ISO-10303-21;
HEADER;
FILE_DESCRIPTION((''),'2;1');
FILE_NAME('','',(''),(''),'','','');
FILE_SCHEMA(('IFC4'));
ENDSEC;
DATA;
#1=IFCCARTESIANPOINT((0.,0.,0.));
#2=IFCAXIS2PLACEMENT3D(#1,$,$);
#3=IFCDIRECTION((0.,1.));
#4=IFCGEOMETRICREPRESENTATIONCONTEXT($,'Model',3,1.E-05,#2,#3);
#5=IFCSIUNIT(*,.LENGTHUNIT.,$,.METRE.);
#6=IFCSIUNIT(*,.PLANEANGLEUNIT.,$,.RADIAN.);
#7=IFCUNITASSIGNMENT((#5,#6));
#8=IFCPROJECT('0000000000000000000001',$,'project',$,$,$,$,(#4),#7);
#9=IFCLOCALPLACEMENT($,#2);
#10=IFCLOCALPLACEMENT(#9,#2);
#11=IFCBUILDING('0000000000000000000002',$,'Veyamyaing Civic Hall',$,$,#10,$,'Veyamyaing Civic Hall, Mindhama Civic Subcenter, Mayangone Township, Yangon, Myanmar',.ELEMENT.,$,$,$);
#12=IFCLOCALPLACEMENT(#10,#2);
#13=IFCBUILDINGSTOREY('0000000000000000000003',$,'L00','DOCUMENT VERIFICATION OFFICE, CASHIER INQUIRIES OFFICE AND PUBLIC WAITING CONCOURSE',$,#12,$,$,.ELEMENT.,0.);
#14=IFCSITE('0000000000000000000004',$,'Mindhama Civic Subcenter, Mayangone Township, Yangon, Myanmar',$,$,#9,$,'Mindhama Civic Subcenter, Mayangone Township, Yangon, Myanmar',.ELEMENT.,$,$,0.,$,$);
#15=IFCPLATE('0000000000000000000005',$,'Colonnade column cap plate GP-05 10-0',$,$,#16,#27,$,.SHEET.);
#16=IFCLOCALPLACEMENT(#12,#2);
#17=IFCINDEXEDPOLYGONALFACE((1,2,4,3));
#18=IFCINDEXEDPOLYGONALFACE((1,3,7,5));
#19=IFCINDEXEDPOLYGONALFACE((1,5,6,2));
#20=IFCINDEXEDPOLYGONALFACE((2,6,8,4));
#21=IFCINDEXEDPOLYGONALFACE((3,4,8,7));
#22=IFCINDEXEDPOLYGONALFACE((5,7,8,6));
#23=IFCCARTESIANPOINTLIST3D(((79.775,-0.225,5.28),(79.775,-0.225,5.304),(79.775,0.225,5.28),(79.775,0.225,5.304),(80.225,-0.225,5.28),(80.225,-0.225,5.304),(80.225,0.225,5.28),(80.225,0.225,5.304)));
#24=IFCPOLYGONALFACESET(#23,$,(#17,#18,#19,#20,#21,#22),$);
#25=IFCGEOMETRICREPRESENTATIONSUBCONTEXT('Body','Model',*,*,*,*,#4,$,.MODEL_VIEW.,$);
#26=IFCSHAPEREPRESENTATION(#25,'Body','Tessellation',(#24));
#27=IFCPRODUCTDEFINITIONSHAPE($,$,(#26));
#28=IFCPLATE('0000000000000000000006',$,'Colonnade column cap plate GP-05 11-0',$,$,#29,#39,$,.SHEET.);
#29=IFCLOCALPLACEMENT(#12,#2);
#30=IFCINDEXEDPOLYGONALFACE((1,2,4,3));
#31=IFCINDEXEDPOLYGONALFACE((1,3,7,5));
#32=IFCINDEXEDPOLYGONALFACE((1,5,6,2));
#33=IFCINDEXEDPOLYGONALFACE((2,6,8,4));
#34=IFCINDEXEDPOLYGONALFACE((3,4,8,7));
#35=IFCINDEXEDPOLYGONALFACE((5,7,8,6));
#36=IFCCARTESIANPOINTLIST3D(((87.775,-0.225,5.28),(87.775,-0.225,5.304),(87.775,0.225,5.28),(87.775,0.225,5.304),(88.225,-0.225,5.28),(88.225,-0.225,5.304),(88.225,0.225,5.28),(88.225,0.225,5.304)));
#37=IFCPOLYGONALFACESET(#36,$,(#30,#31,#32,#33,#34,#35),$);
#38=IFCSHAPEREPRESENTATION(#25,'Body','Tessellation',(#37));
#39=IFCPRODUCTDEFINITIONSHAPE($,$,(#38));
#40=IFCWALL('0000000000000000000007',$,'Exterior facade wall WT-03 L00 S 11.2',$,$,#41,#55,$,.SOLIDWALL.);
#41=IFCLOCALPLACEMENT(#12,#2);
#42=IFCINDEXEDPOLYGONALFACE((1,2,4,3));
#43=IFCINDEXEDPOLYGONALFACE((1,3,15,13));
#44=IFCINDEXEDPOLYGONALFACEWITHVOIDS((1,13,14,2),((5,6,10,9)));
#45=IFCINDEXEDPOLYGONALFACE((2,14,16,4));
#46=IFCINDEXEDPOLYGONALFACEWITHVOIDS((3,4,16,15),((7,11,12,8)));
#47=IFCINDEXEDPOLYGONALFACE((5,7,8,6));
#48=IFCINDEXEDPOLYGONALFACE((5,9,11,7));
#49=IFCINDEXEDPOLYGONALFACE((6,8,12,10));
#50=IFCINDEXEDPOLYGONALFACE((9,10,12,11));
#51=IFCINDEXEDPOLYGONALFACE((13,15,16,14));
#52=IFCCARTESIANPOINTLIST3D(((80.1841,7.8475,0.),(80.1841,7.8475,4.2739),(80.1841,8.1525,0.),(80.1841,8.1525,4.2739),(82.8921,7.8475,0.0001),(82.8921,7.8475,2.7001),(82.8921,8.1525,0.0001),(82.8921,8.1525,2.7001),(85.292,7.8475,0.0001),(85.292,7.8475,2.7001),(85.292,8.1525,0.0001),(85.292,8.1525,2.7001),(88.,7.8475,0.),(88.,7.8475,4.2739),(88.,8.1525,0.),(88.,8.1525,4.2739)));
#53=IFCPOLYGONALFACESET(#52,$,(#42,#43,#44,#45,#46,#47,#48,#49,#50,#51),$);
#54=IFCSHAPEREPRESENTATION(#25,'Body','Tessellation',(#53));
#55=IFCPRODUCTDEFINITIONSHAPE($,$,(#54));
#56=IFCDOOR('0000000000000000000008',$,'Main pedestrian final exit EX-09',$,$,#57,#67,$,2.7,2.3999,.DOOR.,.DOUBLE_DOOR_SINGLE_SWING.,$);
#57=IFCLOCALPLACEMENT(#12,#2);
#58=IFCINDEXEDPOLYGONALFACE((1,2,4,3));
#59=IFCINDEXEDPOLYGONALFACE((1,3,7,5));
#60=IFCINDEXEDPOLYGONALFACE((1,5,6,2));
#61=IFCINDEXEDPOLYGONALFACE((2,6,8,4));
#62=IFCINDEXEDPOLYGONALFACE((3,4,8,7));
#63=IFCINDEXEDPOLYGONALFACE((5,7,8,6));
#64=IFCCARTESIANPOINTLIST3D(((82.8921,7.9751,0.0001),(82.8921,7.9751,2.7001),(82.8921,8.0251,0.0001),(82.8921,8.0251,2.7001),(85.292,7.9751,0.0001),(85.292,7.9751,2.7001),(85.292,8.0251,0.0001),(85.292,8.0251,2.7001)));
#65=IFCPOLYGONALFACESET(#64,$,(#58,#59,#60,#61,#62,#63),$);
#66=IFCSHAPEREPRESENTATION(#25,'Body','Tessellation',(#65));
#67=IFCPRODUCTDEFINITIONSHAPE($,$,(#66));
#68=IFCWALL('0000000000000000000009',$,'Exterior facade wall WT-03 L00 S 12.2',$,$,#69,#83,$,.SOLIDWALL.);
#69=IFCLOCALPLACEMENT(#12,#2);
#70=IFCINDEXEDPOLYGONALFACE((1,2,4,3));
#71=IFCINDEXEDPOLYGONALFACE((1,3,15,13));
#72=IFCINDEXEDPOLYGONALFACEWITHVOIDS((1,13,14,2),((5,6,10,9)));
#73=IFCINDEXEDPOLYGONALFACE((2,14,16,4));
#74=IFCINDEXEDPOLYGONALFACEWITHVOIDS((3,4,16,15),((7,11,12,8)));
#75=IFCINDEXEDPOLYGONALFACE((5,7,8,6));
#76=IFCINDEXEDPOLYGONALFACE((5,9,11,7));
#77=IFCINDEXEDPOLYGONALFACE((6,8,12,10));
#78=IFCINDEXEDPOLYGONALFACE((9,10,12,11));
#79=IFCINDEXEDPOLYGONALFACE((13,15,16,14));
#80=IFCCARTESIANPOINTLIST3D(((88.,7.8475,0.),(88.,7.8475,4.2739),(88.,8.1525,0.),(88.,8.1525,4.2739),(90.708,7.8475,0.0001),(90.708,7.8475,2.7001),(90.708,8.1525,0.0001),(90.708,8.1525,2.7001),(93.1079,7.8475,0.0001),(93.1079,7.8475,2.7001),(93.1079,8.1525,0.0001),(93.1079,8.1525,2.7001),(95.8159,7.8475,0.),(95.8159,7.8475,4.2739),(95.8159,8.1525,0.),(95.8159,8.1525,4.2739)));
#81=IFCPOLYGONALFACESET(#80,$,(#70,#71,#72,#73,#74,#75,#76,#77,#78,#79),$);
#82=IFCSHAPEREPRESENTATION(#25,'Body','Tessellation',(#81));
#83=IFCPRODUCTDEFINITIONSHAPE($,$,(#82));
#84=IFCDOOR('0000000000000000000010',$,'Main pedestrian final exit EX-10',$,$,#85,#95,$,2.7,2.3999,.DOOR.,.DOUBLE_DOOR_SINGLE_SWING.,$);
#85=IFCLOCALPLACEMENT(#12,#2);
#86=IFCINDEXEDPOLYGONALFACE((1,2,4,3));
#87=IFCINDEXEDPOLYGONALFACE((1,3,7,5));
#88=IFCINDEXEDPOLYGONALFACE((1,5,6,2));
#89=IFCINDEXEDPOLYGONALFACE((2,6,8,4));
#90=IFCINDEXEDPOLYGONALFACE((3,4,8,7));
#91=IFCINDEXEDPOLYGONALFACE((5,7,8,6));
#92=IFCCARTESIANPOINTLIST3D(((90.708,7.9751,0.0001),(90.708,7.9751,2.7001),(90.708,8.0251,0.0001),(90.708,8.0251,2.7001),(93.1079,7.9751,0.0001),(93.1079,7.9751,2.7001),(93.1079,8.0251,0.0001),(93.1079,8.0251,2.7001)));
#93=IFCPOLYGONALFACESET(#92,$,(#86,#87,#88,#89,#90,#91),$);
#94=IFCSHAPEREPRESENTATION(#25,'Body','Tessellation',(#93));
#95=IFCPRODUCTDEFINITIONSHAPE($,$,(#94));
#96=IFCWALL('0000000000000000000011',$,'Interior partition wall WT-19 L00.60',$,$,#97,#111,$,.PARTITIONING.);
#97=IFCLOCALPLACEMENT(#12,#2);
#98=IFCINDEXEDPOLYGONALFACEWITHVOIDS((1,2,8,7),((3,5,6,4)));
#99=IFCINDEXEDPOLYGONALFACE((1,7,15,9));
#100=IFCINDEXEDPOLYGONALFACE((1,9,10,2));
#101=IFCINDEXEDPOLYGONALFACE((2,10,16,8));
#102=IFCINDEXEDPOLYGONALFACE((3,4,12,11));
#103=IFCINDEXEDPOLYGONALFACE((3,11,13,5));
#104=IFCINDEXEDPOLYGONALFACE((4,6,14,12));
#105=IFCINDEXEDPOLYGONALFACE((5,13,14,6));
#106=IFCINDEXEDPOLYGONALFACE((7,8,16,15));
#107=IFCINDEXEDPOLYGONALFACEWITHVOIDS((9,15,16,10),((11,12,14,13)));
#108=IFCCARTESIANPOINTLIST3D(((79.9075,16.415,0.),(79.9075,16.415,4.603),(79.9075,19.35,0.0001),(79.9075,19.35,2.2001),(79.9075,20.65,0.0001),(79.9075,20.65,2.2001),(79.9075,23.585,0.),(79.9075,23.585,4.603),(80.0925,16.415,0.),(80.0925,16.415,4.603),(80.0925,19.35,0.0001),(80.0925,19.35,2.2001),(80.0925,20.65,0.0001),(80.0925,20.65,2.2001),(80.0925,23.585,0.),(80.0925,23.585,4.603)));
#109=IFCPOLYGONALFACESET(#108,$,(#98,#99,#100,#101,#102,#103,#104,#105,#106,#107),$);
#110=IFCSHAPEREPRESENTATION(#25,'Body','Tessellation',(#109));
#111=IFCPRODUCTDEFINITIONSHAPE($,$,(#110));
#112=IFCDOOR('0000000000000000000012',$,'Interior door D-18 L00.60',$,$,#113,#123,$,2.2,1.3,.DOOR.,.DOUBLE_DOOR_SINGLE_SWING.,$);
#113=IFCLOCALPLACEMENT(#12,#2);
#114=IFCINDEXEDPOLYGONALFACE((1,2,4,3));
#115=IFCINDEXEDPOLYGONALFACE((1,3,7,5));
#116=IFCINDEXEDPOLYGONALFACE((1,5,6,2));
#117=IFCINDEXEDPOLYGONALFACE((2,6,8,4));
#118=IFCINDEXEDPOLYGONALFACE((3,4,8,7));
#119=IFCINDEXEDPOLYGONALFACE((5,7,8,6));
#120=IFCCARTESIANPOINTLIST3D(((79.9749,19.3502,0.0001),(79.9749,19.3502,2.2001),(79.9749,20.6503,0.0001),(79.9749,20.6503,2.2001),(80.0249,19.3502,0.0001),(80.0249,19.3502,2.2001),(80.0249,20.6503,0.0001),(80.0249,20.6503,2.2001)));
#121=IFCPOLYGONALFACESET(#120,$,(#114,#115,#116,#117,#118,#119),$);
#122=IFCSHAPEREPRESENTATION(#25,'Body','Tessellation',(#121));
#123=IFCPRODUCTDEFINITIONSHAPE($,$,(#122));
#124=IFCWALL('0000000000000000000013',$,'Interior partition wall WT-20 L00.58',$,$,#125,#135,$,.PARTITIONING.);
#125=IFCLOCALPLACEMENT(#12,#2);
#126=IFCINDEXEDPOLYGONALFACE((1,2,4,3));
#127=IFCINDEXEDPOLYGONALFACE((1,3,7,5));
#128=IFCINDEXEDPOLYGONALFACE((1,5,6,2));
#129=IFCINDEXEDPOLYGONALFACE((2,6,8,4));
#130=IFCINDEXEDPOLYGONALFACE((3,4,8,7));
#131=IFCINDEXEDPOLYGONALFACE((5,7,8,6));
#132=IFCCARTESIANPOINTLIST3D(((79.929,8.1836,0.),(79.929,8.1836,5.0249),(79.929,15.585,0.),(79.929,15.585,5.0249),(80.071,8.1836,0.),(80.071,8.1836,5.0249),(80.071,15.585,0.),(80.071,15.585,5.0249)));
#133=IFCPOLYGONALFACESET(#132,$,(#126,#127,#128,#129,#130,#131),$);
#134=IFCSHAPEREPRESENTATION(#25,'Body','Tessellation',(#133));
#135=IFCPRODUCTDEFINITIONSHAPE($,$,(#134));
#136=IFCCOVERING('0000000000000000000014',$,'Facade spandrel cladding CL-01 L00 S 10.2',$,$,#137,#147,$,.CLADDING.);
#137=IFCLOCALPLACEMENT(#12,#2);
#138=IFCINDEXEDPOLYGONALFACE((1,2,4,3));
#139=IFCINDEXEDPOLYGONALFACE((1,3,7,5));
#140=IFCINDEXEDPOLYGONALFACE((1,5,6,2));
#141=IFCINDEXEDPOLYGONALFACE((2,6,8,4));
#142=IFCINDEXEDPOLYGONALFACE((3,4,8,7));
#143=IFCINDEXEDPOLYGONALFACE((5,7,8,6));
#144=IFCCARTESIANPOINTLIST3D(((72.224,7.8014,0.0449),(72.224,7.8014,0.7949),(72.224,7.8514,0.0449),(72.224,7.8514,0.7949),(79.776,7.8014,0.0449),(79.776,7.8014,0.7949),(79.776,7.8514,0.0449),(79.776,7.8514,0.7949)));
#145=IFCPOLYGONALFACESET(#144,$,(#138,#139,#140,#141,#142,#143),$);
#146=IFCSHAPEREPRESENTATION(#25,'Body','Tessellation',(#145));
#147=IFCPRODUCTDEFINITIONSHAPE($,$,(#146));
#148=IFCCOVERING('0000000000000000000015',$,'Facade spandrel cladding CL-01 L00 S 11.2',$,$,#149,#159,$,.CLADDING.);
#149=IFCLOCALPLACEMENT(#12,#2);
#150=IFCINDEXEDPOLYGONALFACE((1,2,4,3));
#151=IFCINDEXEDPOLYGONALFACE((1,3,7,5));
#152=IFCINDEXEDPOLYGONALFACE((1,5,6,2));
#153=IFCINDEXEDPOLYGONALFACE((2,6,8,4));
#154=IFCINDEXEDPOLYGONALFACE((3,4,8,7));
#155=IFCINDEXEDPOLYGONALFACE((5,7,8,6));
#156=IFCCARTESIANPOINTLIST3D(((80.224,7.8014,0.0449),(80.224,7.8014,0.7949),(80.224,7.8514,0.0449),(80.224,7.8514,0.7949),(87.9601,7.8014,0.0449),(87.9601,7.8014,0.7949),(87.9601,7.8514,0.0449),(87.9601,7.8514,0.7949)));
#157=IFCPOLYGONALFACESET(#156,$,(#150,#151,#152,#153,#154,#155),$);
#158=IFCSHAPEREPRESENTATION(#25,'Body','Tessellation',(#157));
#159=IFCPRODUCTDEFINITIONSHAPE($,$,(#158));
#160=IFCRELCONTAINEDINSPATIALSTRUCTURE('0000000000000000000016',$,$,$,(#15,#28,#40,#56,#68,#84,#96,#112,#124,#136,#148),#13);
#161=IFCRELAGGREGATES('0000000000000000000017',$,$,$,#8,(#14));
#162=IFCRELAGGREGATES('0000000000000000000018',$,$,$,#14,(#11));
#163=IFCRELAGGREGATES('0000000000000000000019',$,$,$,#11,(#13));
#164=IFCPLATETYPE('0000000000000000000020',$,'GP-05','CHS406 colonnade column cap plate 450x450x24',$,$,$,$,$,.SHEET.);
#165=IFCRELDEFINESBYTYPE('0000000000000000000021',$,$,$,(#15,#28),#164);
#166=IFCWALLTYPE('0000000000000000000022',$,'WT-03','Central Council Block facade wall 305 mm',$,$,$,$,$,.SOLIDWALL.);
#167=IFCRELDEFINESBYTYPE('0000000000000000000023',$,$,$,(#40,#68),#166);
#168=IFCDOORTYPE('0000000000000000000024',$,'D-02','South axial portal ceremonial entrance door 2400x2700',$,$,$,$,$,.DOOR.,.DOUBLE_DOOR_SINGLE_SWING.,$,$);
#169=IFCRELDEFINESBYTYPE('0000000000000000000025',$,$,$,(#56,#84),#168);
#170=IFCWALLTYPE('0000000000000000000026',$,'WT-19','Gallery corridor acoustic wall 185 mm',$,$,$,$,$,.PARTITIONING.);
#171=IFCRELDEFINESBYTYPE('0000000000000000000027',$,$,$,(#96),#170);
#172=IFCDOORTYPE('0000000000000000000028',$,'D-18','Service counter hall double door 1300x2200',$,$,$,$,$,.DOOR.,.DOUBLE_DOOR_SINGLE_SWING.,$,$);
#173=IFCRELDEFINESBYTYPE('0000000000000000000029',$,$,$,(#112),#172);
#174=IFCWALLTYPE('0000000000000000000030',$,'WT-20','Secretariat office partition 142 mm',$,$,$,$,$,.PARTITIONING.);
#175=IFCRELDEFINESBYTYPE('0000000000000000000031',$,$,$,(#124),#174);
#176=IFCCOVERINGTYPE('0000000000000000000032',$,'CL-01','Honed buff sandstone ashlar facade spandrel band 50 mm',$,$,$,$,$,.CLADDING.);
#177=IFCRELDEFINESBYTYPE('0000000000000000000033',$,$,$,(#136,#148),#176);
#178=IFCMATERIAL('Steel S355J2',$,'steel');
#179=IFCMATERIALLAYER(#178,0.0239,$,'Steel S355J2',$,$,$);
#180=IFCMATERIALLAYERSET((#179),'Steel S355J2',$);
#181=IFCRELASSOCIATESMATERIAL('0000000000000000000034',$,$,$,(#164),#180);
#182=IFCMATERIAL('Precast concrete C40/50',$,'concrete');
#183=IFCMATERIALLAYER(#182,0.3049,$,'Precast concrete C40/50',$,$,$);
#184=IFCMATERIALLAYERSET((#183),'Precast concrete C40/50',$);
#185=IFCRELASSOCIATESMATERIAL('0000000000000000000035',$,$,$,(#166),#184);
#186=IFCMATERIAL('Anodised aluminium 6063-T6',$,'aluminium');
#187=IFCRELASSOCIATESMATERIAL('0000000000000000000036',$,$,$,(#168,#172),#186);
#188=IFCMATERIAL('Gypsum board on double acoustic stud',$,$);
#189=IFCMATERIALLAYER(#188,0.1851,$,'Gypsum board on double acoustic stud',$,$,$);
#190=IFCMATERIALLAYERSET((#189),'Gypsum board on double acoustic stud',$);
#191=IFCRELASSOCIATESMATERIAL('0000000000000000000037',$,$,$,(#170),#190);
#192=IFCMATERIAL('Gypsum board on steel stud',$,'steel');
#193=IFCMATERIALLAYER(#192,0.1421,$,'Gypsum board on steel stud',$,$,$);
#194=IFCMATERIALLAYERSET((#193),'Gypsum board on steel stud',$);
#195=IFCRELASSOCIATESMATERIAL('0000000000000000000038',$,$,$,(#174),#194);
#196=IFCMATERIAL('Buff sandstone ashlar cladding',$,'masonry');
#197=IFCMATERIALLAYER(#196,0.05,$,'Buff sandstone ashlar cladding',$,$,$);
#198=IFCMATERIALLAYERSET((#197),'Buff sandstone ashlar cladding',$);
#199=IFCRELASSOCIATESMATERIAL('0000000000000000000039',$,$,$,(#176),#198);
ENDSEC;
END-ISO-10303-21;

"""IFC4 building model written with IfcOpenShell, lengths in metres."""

from ifc_helpers import new_model, si_unit, direction, frame, frame_2d, origin, origin_2d, place, context, subcontext, project, spatial, rectangle, extrude, material, layer, layer_set, type_object, element, fill, save


model = new_model("IFC4")

# Units and contexts
model_context = context("Model", 3, precision=1e-05, world=origin(), true_north=direction((0.0, 1.0)))
body_context = subcontext(model_context, "Body", "Model", "MODEL_VIEW")
ifc_project = project(units=[si_unit("LENGTHUNIT", "METRE"), si_unit("PLANEANGLEUNIT", "RADIAN")], contexts=[model_context])

# Site, building, storey
site_placement = place(None, origin())
site = spatial("IfcSite", under=ifc_project, at=site_placement, Name="Mindhama Civic Subcenter, Mayangone Township, Yangon, Myanmar", LongName="Mindhama Civic Subcenter, Mayangone Township, Yangon, Myanmar", CompositionType="ELEMENT", RefElevation=0.0)
building_placement = place(site_placement, origin())
building = spatial("IfcBuilding", under=site, at=building_placement, Name="Veyamyaing Civic Hall", LongName="Veyamyaing Civic Hall, Mindhama Civic Subcenter, Mayangone Township, Yangon, Myanmar", CompositionType="ELEMENT")
storey_placement = place(building_placement, origin())
storey = spatial("IfcBuildingStorey", under=building, at=storey_placement, Name="L00", Description="DOCUMENT VERIFICATION OFFICE, CASHIER INQUIRIES OFFICE AND PUBLIC WAITING CONCOURSE", CompositionType="ELEMENT", Elevation=0.0)

# Shared definitions
ifc_material_1 = material(Name="Steel S355J2", Category="steel")

# Shared definitions
ifc_material_2 = material(Name="Precast concrete C40/50", Category="concrete")

# Plates
ifc_layer_1 = layer(ifc_material_1, 0.0239, Name="Steel S355J2")
ifc_layer_set_1 = layer_set([ifc_layer_1], Name="Steel S355J2")
plate_type = type_object("IfcPlateType", Name="GP-05", Description="CHS406 colonnade column cap plate 450x450x24", PredefinedType="SHEET", material=ifc_layer_set_1)
for number, where, z_axis, x_axis, name in (
    (1, (80.0, 0.0, 5.28), (0.0, 0.0, 1.0), (1.0, 0.0, 0.0), "Colonnade column cap plate GP-05 10-0"),
    (2, (88.0, 0.0, 5.28), (0.0, 0.0, 1.0), (1.0, 0.0, 0.0), "Colonnade column cap plate GP-05 11-0"),
):
    element("IfcPlate", number, at=place(storey_placement, frame(where, z_axis=z_axis, x_axis=x_axis)), inside=storey, type_object=plate_type, Name=name, PredefinedType="SHEET", context=body_context, shape_type="SweptSolid", body=[
        extrude(rectangle(XDim=0.45, YDim=0.45, at=origin_2d()), origin(), (0.0, 0.0, 1.0), 0.0239),
    ])

# Walls, openings, doors
ifc_layer_2 = layer(ifc_material_2, 0.3049, Name="Precast concrete C40/50")
ifc_layer_set_2 = layer_set([ifc_layer_2], Name="Precast concrete C40/50")
wall_type_1 = type_object("IfcWallType", Name="WT-03", Description="Central Council Block facade wall 305 mm", PredefinedType="SOLIDWALL", material=ifc_layer_set_2)
wall_1_placement = place(storey_placement, frame((80.1841, 8.0, 0.0), z_axis=(0.0, 0.0, 1.0), x_axis=(1.0, 0.0, 0.0)))
wall_1 = element("IfcWall", 3, at=wall_1_placement, inside=storey, type_object=wall_type_1, Name="Exterior facade wall WT-03 L00 S 11.2", PredefinedType="SOLIDWALL", context=body_context, shape_type="SweptSolid", body=[
    extrude(rectangle(XDim=7.8159, YDim=0.3049, at=frame_2d((3.908, 0.0))), origin(), (0.0, 0.0, 1.0), 4.2739),
])
opening_1_placement = place(wall_1_placement, frame((2.708, 0.0, 0.0)))
opening_1 = element("IfcOpeningElement", 4, at=opening_1_placement, cuts=wall_1, PredefinedType="OPENING", context=body_context, shape_type="SweptSolid", body=[
    extrude(rectangle(XDim=2.3999, YDim=2.7, at=frame_2d((1.2, 1.3501))), frame((0.0, 0.1624, 0.0), z_axis=(0.0, -1.0, 0.0), x_axis=(1.0, 0.0, 0.0)), (0.0, 0.0, 1.0), 0.325),
])
ifc_material_3 = material(Name="Anodised aluminium 6063-T6", Category="aluminium")
door_type_1 = type_object("IfcDoorType", Name="D-02", Description="South axial portal ceremonial entrance door 2400x2700", OperationType="DOUBLE_DOOR_SINGLE_SWING", PredefinedType="DOOR", material=ifc_material_3)
door_1_placement = place(opening_1_placement, frame((2.3999, 0.0, 0.0), z_axis=(0.0, 0.0, 1.0), x_axis=(-1.0, 0.0, 0.0)))
door_1 = element("IfcDoor", 5, at=door_1_placement, inside=storey, type_object=door_type_1, Name="Main pedestrian final exit EX-09", OperationType="DOUBLE_DOOR_SINGLE_SWING", OverallHeight=2.7, OverallWidth=2.3999, PredefinedType="DOOR", context=body_context, shape_type="SweptSolid", body=[
    extrude(rectangle(XDim=2.3999, YDim=2.7, at=frame_2d((1.2, 1.3501))), frame((0.0, 0.0249, 0.0), z_axis=(0.0, -1.0, 0.0), x_axis=(1.0, 0.0, 0.0)), (0.0, 0.0, 1.0), 0.05),
])
fill(opening_1, door_1)
wall_2_placement = place(storey_placement, frame((88.0, 8.0, 0.0), z_axis=(0.0, 0.0, 1.0), x_axis=(1.0, 0.0, 0.0)))
wall_2 = element("IfcWall", 6, at=wall_2_placement, inside=storey, type_object=wall_type_1, Name="Exterior facade wall WT-03 L00 S 12.2", PredefinedType="SOLIDWALL", context=body_context, shape_type="SweptSolid", body=[
    extrude(rectangle(XDim=7.8159, YDim=0.3049, at=frame_2d((3.908, 0.0))), origin(), (0.0, 0.0, 1.0), 4.2739),
])
opening_2_placement = place(wall_2_placement, frame((2.708, 0.0, 0.0)))
opening_2 = element("IfcOpeningElement", 7, at=opening_2_placement, cuts=wall_2, PredefinedType="OPENING", context=body_context, shape_type="SweptSolid", body=[
    extrude(rectangle(XDim=2.3999, YDim=2.7, at=frame_2d((1.2, 1.3501))), frame((0.0, 0.1624, 0.0), z_axis=(0.0, -1.0, 0.0), x_axis=(1.0, 0.0, 0.0)), (0.0, 0.0, 1.0), 0.325),
])
door_2_placement = place(opening_2_placement, frame((2.3999, 0.0, 0.0), z_axis=(0.0, 0.0, 1.0), x_axis=(-1.0, 0.0, 0.0)))
door_2 = element("IfcDoor", 8, at=door_2_placement, inside=storey, type_object=door_type_1, Name="Main pedestrian final exit EX-10", OperationType="DOUBLE_DOOR_SINGLE_SWING", OverallHeight=2.7, OverallWidth=2.3999, PredefinedType="DOOR", context=body_context, shape_type="SweptSolid", body=[
    extrude(rectangle(XDim=2.3999, YDim=2.7, at=frame_2d((1.2, 1.3501))), frame((0.0, 0.0249, 0.0), z_axis=(0.0, -1.0, 0.0), x_axis=(1.0, 0.0, 0.0)), (0.0, 0.0, 1.0), 0.05),
])
fill(opening_2, door_2)
ifc_material_4 = material(Name="Gypsum board on double acoustic stud")
ifc_layer_3 = layer(ifc_material_4, 0.1851, Name="Gypsum board on double acoustic stud")
ifc_layer_set_3 = layer_set([ifc_layer_3], Name="Gypsum board on double acoustic stud")
wall_type_2 = type_object("IfcWallType", Name="WT-19", Description="Gallery corridor acoustic wall 185 mm", PredefinedType="PARTITIONING", material=ifc_layer_set_3)
wall_3_placement = place(storey_placement, frame((80.0, 16.415, 0.0), z_axis=(0.0, 0.0, 1.0), x_axis=(0.0, 1.0, 0.0)))
wall_3 = element("IfcWall", 9, at=wall_3_placement, inside=storey, type_object=wall_type_2, Name="Interior partition wall WT-19 L00.60", PredefinedType="PARTITIONING", context=body_context, shape_type="SweptSolid", body=[
    extrude(rectangle(XDim=7.1699, YDim=0.1851, at=frame_2d((3.585, 0.0))), origin(), (0.0, 0.0, 1.0), 4.603),
])
opening_3_placement = place(wall_3_placement, frame((2.9351, 0.0, 0.0)))
opening_3 = element("IfcOpeningElement", 10, at=opening_3_placement, cuts=wall_3, PredefinedType="OPENING", context=body_context, shape_type="SweptSolid", body=[
    extrude(rectangle(XDim=1.3, YDim=2.2, at=frame_2d((0.6499, 1.1001))), frame((0.0, 0.1025, 0.0), z_axis=(0.0, -1.0, 0.0), x_axis=(1.0, 0.0, 0.0)), (0.0, 0.0, 1.0), 0.2051),
])
door_type_2 = type_object("IfcDoorType", Name="D-18", Description="Service counter hall double door 1300x2200", OperationType="DOUBLE_DOOR_SINGLE_SWING", PredefinedType="DOOR", material=ifc_material_3)
door_3_placement = place(opening_3_placement, frame((1.3, 0.0, 0.0), z_axis=(0.0, 0.0, 1.0), x_axis=(-1.0, 0.0, 0.0)))
door_3 = element("IfcDoor", 11, at=door_3_placement, inside=storey, type_object=door_type_2, Name="Interior door D-18 L00.60", OperationType="DOUBLE_DOOR_SINGLE_SWING", OverallHeight=2.2, OverallWidth=1.3, PredefinedType="DOOR", context=body_context, shape_type="SweptSolid", body=[
    extrude(rectangle(XDim=1.3, YDim=2.2, at=frame_2d((0.6499, 1.1001))), frame((0.0, 0.0249, 0.0), z_axis=(0.0, -1.0, 0.0), x_axis=(1.0, 0.0, 0.0)), (0.0, 0.0, 1.0), 0.05),
])
fill(opening_3, door_3)

# Wall
ifc_material_5 = material(Name="Gypsum board on steel stud", Category="steel")
ifc_layer_4 = layer(ifc_material_5, 0.1421, Name="Gypsum board on steel stud")
ifc_layer_set_4 = layer_set([ifc_layer_4], Name="Gypsum board on steel stud")
wall_type_3 = type_object("IfcWallType", Name="WT-20", Description="Secretariat office partition 142 mm", PredefinedType="PARTITIONING", material=ifc_layer_set_4)
wall_4_placement = place(storey_placement, frame((80.0, 8.1836, 0.0), z_axis=(0.0, 0.0, 1.0), x_axis=(0.0, 1.0, 0.0)))
element("IfcWall", 12, at=wall_4_placement, inside=storey, type_object=wall_type_3, Name="Interior partition wall WT-20 L00.58", PredefinedType="PARTITIONING", context=body_context, shape_type="SweptSolid", body=[
    extrude(rectangle(XDim=7.4014, YDim=0.1421, at=frame_2d((3.7007, 0.0))), origin(), (0.0, 0.0, 1.0), 5.0249),
])

# Coverings
ifc_material_6 = material(Name="Buff sandstone ashlar cladding", Category="masonry")
ifc_layer_5 = layer(ifc_material_6, 0.05, Name="Buff sandstone ashlar cladding")
ifc_layer_set_5 = layer_set([ifc_layer_5], Name="Buff sandstone ashlar cladding")
covering_type_1 = type_object("IfcCoveringType", Name="CL-01", Description="Honed buff sandstone ashlar facade spandrel band 50 mm", PredefinedType="CLADDING", material=ifc_layer_set_5)
covering_1_placement = place(storey_placement, frame((76.0, 7.8264, 0.0449), z_axis=(0.0, 0.0, 1.0), x_axis=(1.0, 0.0, 0.0)))
element("IfcCovering", 13, at=covering_1_placement, inside=storey, type_object=covering_type_1, Name="Facade spandrel cladding CL-01 L00 S 10.2", PredefinedType="CLADDING", context=body_context, shape_type="SweptSolid", body=[
    extrude(rectangle(XDim=7.552, YDim=0.05, at=origin_2d()), origin(), (0.0, 0.0, 1.0), 0.75),
])
covering_2_placement = place(storey_placement, frame((84.092, 7.8264, 0.0449), z_axis=(0.0, 0.0, 1.0), x_axis=(1.0, 0.0, 0.0)))
element("IfcCovering", 14, at=covering_2_placement, inside=storey, type_object=covering_type_1, Name="Facade spandrel cladding CL-01 L00 S 11.2", PredefinedType="CLADDING", context=body_context, shape_type="SweptSolid", body=[
    extrude(rectangle(XDim=7.7361, YDim=0.05, at=origin_2d()), origin(), (0.0, 0.0, 1.0), 0.75),
])

save(model, "model.ifc")
